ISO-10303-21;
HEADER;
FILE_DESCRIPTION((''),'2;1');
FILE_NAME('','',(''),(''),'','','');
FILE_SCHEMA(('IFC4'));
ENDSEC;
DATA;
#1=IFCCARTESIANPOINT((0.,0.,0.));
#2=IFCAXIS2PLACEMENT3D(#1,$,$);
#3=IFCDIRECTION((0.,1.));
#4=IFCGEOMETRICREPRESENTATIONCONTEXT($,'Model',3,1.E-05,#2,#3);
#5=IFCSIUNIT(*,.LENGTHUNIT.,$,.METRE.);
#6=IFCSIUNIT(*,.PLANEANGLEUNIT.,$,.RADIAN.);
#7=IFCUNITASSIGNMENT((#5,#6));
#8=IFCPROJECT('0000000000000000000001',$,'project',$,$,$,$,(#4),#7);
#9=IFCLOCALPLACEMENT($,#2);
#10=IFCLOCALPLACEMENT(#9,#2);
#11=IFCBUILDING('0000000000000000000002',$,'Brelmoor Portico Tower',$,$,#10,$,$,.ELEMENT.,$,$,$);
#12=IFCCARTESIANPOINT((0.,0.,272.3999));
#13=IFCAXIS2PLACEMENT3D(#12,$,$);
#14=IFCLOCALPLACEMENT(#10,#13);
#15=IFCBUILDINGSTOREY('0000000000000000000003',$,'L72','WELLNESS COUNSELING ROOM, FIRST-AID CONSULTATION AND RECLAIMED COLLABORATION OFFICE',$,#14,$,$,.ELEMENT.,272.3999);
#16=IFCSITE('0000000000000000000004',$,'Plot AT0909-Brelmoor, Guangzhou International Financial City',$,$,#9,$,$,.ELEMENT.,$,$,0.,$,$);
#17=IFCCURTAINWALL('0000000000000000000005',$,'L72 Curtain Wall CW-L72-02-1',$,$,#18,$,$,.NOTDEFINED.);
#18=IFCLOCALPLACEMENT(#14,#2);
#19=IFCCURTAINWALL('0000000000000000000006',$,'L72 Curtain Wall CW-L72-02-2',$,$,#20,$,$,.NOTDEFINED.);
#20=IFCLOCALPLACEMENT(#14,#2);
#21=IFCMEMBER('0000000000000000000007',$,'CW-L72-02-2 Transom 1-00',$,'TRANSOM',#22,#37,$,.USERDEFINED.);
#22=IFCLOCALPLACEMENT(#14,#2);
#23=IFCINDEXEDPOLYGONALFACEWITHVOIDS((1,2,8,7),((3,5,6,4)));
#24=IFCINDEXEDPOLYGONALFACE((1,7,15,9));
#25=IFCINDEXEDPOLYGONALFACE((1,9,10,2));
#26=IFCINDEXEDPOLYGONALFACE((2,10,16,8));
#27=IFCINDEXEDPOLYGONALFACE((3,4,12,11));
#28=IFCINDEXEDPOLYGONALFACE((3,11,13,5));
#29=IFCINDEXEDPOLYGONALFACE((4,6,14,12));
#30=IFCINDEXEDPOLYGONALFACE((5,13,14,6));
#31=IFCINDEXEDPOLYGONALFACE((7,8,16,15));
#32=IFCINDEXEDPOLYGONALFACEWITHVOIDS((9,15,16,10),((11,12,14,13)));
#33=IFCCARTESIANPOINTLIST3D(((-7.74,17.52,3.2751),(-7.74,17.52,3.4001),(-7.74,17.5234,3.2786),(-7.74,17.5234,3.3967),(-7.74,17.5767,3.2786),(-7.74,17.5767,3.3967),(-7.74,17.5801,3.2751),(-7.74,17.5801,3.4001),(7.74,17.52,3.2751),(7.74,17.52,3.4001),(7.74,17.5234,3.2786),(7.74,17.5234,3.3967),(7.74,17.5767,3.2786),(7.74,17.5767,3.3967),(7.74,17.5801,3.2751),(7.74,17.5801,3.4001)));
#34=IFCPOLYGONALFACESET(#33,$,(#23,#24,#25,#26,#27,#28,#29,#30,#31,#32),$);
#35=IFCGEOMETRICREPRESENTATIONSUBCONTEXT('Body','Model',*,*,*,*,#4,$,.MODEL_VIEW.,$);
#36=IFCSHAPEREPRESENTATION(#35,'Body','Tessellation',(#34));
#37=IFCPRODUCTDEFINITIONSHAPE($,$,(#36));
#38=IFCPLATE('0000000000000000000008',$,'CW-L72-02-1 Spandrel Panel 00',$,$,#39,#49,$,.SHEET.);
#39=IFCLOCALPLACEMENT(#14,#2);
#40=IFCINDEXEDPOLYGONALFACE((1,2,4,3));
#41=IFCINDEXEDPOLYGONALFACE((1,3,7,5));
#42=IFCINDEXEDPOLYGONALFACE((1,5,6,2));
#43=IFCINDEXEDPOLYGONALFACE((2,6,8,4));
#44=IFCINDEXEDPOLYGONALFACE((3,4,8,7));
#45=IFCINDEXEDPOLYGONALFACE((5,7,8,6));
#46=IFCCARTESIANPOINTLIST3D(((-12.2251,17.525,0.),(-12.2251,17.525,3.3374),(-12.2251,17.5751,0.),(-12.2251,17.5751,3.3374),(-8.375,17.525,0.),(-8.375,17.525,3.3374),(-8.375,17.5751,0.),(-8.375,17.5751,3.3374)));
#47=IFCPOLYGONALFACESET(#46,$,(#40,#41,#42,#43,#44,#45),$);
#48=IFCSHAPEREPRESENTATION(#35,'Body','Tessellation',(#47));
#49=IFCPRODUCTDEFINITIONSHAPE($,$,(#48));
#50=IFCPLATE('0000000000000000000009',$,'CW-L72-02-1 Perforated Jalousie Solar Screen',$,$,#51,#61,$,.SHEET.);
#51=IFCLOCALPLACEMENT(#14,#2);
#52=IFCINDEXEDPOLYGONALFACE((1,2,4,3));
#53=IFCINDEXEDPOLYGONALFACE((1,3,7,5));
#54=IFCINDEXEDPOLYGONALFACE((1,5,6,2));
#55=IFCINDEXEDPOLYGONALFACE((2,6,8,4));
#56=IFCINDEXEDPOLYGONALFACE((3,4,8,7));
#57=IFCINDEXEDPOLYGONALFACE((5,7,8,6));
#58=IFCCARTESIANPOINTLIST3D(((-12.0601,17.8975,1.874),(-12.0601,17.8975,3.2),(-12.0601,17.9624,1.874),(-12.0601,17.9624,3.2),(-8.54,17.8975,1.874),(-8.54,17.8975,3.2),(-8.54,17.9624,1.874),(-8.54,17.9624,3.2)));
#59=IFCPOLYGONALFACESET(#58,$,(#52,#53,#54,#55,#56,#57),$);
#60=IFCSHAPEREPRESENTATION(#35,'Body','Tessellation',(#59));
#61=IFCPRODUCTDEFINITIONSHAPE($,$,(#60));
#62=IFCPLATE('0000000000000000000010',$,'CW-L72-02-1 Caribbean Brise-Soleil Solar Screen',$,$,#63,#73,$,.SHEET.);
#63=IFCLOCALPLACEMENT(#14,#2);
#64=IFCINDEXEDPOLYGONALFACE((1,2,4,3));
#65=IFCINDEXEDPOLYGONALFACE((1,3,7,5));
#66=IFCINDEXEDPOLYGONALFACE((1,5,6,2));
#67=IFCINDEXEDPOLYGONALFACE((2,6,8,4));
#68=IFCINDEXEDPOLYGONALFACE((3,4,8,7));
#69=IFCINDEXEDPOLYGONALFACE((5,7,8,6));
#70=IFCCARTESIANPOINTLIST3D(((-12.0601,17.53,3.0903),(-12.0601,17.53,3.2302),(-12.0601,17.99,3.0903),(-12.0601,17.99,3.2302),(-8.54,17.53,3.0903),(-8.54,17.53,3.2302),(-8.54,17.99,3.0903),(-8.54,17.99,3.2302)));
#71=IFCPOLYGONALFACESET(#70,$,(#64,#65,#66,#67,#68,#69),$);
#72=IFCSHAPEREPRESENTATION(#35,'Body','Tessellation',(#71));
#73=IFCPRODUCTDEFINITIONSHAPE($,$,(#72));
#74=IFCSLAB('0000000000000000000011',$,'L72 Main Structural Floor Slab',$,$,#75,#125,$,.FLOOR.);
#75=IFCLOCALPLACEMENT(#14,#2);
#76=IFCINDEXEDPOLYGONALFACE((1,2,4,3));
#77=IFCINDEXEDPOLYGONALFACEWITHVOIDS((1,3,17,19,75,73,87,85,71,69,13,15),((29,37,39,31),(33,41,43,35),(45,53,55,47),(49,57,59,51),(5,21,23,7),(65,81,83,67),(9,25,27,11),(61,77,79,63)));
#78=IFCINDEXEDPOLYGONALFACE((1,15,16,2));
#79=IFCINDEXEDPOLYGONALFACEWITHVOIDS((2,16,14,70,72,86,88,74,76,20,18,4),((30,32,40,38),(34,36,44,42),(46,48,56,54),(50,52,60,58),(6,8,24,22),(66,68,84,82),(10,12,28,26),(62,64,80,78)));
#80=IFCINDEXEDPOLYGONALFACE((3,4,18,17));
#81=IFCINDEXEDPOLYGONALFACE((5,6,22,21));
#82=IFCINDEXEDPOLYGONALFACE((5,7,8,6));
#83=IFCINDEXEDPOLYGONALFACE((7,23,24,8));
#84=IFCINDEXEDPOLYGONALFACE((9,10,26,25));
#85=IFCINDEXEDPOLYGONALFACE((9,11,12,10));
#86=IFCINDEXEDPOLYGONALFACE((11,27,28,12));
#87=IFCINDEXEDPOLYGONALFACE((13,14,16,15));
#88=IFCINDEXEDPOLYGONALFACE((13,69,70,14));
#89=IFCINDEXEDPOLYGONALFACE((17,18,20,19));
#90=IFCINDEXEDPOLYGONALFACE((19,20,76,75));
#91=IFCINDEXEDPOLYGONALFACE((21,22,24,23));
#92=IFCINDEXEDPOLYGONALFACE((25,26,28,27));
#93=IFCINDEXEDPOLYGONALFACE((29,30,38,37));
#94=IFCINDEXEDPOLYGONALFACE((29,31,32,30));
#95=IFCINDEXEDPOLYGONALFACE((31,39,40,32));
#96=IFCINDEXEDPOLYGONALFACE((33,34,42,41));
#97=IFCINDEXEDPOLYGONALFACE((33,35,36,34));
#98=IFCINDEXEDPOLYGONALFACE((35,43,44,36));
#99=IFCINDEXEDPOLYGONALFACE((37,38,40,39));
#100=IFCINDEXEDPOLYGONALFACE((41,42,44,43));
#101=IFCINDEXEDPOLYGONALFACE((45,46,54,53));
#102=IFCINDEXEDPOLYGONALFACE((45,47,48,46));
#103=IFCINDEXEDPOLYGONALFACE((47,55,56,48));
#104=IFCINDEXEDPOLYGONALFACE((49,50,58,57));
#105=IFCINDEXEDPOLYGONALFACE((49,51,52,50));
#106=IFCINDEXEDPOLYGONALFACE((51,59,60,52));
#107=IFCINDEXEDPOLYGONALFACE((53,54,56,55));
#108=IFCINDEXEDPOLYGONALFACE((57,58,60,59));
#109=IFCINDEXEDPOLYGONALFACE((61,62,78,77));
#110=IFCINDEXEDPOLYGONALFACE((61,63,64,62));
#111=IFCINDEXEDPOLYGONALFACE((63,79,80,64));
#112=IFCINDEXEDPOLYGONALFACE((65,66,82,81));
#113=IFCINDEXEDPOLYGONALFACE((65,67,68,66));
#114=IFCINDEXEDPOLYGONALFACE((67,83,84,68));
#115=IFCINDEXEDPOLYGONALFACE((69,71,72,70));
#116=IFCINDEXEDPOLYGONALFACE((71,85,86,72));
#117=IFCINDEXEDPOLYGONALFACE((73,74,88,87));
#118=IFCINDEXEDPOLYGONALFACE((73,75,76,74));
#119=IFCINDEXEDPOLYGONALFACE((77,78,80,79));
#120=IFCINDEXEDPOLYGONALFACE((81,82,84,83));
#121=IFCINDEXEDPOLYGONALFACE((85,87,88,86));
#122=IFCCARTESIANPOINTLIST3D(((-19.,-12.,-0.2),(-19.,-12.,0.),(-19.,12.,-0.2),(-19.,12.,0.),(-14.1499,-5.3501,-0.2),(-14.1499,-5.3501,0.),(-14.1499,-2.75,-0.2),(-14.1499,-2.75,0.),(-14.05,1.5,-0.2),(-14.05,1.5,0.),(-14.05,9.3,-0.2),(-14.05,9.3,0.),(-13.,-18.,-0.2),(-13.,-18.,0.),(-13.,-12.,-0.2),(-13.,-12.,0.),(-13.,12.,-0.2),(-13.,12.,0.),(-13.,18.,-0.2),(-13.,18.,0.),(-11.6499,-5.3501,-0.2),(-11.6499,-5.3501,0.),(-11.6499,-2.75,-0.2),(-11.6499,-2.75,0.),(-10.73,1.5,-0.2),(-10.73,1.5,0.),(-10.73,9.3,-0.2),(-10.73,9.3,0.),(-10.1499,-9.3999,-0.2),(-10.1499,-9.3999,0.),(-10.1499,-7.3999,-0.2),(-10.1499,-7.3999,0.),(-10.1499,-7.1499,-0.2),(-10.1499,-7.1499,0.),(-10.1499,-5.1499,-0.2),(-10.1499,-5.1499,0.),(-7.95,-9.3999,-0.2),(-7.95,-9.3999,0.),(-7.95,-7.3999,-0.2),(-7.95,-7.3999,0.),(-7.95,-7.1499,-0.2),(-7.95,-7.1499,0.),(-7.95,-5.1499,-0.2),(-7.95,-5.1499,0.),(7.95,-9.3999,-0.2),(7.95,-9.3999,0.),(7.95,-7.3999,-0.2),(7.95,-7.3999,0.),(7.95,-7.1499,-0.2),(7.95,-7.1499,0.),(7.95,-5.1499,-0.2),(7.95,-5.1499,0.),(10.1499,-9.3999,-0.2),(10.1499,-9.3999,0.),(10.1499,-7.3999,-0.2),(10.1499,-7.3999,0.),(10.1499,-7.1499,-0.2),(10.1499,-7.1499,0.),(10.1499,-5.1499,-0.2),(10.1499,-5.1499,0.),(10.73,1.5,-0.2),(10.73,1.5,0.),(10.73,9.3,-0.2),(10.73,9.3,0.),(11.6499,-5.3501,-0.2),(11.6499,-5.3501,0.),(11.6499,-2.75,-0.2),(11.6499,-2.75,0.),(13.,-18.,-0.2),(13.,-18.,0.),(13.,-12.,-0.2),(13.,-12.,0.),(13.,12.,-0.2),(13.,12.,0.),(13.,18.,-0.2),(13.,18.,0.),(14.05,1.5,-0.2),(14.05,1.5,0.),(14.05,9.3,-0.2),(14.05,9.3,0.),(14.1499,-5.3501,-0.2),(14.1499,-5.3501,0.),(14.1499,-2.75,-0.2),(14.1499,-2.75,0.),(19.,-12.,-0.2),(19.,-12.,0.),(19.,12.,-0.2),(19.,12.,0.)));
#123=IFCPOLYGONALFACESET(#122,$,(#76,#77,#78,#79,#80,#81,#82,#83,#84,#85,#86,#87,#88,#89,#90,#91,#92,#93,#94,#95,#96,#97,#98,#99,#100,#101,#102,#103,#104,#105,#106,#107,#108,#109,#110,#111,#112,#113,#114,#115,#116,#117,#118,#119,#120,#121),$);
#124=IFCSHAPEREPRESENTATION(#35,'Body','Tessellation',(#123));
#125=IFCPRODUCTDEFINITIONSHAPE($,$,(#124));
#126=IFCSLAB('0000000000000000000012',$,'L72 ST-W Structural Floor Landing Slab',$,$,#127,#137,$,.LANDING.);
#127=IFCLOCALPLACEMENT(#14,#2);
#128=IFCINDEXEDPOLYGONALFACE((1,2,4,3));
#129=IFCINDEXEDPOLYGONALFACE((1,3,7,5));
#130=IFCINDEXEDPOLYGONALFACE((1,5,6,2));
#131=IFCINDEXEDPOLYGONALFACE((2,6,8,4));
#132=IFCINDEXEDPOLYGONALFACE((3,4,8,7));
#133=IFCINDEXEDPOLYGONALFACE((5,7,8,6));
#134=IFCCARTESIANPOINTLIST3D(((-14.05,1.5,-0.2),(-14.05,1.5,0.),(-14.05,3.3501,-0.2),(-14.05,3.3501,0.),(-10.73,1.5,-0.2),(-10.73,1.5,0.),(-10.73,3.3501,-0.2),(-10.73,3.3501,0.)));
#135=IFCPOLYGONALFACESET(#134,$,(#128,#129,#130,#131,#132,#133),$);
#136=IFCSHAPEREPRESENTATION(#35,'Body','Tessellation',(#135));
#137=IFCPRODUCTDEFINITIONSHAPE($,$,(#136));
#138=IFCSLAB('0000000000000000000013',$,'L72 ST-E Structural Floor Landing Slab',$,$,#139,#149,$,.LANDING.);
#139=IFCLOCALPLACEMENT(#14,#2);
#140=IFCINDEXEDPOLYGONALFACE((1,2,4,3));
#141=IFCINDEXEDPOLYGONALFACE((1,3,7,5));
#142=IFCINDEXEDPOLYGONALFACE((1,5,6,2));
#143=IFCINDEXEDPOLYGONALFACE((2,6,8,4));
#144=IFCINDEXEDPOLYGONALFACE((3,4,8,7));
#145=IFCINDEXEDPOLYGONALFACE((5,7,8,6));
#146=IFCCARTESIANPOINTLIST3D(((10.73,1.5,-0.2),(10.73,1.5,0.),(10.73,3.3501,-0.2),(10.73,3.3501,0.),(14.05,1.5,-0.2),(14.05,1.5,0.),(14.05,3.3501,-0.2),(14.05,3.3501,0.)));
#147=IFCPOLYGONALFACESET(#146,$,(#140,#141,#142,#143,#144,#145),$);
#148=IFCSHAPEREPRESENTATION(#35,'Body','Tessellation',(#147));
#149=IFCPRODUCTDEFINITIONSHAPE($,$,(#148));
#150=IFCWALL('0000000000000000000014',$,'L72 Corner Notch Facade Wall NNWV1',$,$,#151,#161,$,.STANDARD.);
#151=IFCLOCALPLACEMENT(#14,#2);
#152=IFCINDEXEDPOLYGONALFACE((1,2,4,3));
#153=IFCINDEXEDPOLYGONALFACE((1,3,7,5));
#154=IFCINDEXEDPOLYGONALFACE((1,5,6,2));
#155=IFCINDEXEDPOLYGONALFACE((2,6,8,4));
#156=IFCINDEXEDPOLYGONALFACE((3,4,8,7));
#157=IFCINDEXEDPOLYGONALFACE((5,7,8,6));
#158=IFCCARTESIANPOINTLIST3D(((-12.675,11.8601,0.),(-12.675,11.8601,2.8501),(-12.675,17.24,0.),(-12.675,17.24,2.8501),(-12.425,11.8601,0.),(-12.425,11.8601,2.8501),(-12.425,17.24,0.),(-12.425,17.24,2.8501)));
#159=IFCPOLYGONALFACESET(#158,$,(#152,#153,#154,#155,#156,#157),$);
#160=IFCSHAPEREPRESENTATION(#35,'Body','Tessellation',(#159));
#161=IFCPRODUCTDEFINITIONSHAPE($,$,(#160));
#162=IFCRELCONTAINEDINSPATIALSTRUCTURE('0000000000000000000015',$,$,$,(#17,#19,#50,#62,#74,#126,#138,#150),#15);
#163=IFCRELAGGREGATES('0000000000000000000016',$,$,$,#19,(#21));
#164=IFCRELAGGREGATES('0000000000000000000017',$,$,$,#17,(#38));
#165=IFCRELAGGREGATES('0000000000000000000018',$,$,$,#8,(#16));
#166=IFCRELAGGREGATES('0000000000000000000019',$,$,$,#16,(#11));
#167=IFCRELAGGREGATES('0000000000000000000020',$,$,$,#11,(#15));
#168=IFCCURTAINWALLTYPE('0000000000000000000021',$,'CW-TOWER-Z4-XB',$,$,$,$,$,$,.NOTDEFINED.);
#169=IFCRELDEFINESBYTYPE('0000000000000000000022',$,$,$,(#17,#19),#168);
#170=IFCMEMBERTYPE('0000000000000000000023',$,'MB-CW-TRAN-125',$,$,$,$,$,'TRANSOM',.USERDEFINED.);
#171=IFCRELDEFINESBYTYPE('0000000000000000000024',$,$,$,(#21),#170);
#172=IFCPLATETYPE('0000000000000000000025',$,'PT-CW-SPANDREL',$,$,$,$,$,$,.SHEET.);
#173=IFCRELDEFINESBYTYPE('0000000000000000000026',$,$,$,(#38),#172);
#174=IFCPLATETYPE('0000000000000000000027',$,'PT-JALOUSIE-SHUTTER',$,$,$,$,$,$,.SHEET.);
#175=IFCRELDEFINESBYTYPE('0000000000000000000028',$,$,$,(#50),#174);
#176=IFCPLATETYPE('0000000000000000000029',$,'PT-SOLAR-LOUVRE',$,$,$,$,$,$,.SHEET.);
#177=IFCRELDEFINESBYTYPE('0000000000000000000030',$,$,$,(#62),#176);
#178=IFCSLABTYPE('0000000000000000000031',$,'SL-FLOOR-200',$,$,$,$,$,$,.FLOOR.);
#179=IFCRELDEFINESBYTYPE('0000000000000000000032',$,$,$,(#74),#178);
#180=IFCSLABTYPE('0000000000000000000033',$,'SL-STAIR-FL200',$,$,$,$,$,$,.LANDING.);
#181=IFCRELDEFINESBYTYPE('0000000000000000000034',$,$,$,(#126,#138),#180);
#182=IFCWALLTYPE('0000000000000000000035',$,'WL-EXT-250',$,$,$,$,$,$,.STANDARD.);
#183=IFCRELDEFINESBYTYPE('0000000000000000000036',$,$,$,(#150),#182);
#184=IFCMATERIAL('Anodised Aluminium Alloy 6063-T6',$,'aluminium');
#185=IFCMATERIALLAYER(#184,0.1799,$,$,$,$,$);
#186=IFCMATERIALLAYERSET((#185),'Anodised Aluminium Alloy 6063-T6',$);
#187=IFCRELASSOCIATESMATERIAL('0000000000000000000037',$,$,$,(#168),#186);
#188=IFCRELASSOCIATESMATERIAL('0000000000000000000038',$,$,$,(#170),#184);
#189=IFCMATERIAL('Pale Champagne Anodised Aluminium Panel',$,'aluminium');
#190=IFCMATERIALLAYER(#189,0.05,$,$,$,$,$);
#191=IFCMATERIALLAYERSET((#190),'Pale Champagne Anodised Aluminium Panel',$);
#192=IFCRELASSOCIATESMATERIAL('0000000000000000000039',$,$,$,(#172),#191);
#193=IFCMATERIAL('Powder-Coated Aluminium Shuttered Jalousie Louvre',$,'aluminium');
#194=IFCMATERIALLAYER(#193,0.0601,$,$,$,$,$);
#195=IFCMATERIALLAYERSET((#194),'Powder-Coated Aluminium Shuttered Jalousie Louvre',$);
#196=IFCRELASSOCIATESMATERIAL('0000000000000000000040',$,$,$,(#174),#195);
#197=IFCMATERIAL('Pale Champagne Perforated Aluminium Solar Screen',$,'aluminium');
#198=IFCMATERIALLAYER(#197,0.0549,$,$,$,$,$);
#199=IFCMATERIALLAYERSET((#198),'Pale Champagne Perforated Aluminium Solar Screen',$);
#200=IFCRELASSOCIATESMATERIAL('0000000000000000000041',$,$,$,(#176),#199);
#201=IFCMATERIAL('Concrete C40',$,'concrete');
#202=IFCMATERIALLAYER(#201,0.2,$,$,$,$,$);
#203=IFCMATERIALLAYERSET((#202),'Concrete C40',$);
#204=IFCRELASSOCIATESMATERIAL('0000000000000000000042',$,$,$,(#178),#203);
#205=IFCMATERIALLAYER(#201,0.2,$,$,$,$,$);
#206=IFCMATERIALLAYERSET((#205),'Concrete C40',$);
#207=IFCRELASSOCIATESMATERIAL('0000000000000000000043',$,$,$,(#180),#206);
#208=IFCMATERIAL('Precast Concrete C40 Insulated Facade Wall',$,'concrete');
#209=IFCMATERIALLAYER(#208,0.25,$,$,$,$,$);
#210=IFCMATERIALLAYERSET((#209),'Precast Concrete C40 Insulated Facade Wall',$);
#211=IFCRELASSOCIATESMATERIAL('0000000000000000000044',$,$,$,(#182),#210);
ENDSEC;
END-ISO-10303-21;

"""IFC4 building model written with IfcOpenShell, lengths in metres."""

from ifc_helpers import new_model, si_unit, direction, frame, frame_2d, origin, origin_2d, place, context, subcontext, project, spatial, polyline, rectangle, hollow_rectangle, outline, extrude, material, layer, layer_set, material_profile, profile_set, type_object, element, aggregate, save


model = new_model("IFC4")

# Units and contexts
model_context = context("Model", 3, precision=1e-05, world=origin(), true_north=direction((0.0, 1.0)))
body_context = subcontext(model_context, "Body", "Model", "MODEL_VIEW")
ifc_project = project(units=[si_unit("LENGTHUNIT", "METRE"), si_unit("PLANEANGLEUNIT", "RADIAN")], contexts=[model_context])

# Site, building, storey
site_placement = place(None, origin())
site = spatial("IfcSite", under=ifc_project, at=site_placement, Name="Plot AT0909-Brelmoor, Guangzhou International Financial City", CompositionType="ELEMENT", RefElevation=0.0)
building_placement = place(site_placement, origin())
building = spatial("IfcBuilding", under=site, at=building_placement, Name="Brelmoor Portico Tower", CompositionType="ELEMENT")
storey_placement = place(building_placement, frame((0.0, 0.0, 272.3999)))
storey = spatial("IfcBuildingStorey", under=building, at=storey_placement, Name="L72", Description="WELLNESS COUNSELING ROOM, FIRST-AID CONSULTATION AND RECLAIMED COLLABORATION OFFICE", CompositionType="ELEMENT", Elevation=272.3999)

# Curtain wall
ifc_material_1 = material(Name="Anodised Aluminium Alloy 6063-T6", Category="aluminium")
ifc_layer_1 = layer(ifc_material_1, 0.1799)
ifc_layer_set_1 = layer_set([ifc_layer_1], Name="Anodised Aluminium Alloy 6063-T6")
curtain_wall_type = type_object("IfcCurtainWallType", Name="CW-TOWER-Z4-XB", PredefinedType="NOTDEFINED", material=ifc_layer_set_1)
curtain_wall_1_placement = place(storey_placement, origin())
curtain_wall_1 = element("IfcCurtainWall", 1, at=curtain_wall_1_placement, inside=storey, type_object=curtain_wall_type, Name="L72 Curtain Wall CW-L72-02-1", PredefinedType="NOTDEFINED")

# Curtain wall
curtain_wall_2_placement = place(storey_placement, origin())
curtain_wall_2 = element("IfcCurtainWall", 2, at=curtain_wall_2_placement, inside=storey, type_object=curtain_wall_type, Name="L72 Curtain Wall CW-L72-02-2", PredefinedType="NOTDEFINED")

# Member
ifc_material_profile_1 = material_profile(ifc_material_1, hollow_rectangle(XDim=0.0601, YDim=0.125, WallThickness=0.0034, at=origin_2d()), Name="ALU TRANSOM 60x125")
ifc_profile_set_1 = profile_set([ifc_material_profile_1], Name="Anodised Aluminium Alloy 6063-T6")
member_type_1 = type_object("IfcMemberType", Name="MB-CW-TRAN-125", ElementType="TRANSOM", PredefinedType="USERDEFINED", material=ifc_profile_set_1)
member_1_placement = place(storey_placement, frame((-7.74, 17.55, 3.3376), z_axis=(1.0, 0.0, 0.0), x_axis=(0.0, 1.0, 0.0)))
member_1 = element("IfcMember", 3, at=member_1_placement, type_object=member_type_1, Name="CW-L72-02-2 Transom 1-00", ObjectType="TRANSOM", PredefinedType="USERDEFINED", context=body_context, shape_type="SweptSolid", body=[
    extrude(hollow_rectangle(XDim=0.0601, YDim=0.125, WallThickness=0.0034, at=origin_2d()), origin(), (0.0, 0.0, 1.0), 15.48),
])
aggregate(curtain_wall_2, [member_1])

# Plate
ifc_material_2 = material(Name="Pale Champagne Anodised Aluminium Panel", Category="aluminium")
ifc_layer_2 = layer(ifc_material_2, 0.05)
ifc_layer_set_2 = layer_set([ifc_layer_2], Name="Pale Champagne Anodised Aluminium Panel")
plate_type_1 = type_object("IfcPlateType", Name="PT-CW-SPANDREL", PredefinedType="SHEET", material=ifc_layer_set_2)
plate_1_placement = place(storey_placement, frame((-10.3, 17.55, 0.0), z_axis=(0.0, 0.0, 1.0), x_axis=(1.0, 0.0, 0.0)))
plate_1 = element("IfcPlate", 4, at=plate_1_placement, type_object=plate_type_1, Name="CW-L72-02-1 Spandrel Panel 00", PredefinedType="SHEET", context=body_context, shape_type="SweptSolid", body=[
    extrude(rectangle(XDim=3.8501, YDim=0.05, at=origin_2d()), origin(), (0.0, 0.0, 1.0), 3.3374),
])
aggregate(curtain_wall_1, [plate_1])

# Plates
ifc_material_3 = material(Name="Powder-Coated Aluminium Shuttered Jalousie Louvre", Category="aluminium")
ifc_layer_3 = layer(ifc_material_3, 0.0601)
ifc_layer_set_3 = layer_set([ifc_layer_3], Name="Powder-Coated Aluminium Shuttered Jalousie Louvre")
plate_type_2 = type_object("IfcPlateType", Name="PT-JALOUSIE-SHUTTER", PredefinedType="SHEET", material=ifc_layer_set_3)
plate_2_placement = place(storey_placement, frame((-10.3, 17.9299, 1.874), z_axis=(0.0, 0.0, 1.0), x_axis=(1.0, 0.0, 0.0)))
element("IfcPlate", 5, at=plate_2_placement, inside=storey, type_object=plate_type_2, Name="CW-L72-02-1 Perforated Jalousie Solar Screen", PredefinedType="SHEET", context=body_context, shape_type="SweptSolid", body=[
    extrude(rectangle(XDim=3.52, YDim=0.0649, at=origin_2d()), origin(), (0.0, 0.0, 1.0), 1.3259),
])
ifc_material_4 = material(Name="Pale Champagne Perforated Aluminium Solar Screen", Category="aluminium")
ifc_layer_4 = layer(ifc_material_4, 0.0549)
ifc_layer_set_4 = layer_set([ifc_layer_4], Name="Pale Champagne Perforated Aluminium Solar Screen")
plate_type_3 = type_object("IfcPlateType", Name="PT-SOLAR-LOUVRE", PredefinedType="SHEET", material=ifc_layer_set_4)
plate_3_placement = place(storey_placement, frame((-10.3, 17.76, 3.0903), z_axis=(0.0, 0.0, 1.0), x_axis=(1.0, 0.0, 0.0)))
element("IfcPlate", 6, at=plate_3_placement, inside=storey, type_object=plate_type_3, Name="CW-L72-02-1 Caribbean Brise-Soleil Solar Screen", PredefinedType="SHEET", context=body_context, shape_type="SweptSolid", body=[
    extrude(rectangle(XDim=3.52, YDim=0.46, at=origin_2d()), origin(), (0.0, 0.0, 1.0), 0.1399),
])

# Slabs
ifc_material_5 = material(Name="Concrete C40", Category="concrete")
ifc_layer_5 = layer(ifc_material_5, 0.2)
ifc_layer_set_5 = layer_set([ifc_layer_5], Name="Concrete C40")
slab_type_1 = type_object("IfcSlabType", Name="SL-FLOOR-200", PredefinedType="FLOOR", material=ifc_layer_set_5)
slab_1_placement = place(storey_placement, frame((0.0, 0.0, -0.2)))
element("IfcSlab", 7, at=slab_1_placement, inside=storey, type_object=slab_type_1, Name="L72 Main Structural Floor Slab", PredefinedType="FLOOR", context=body_context, shape_type="SweptSolid", body=[
    extrude(outline(polyline([(-13.0, -18.0), (13.0, -18.0), (13.0, -12.0), (19.0, -12.0), (19.0, 12.0), (13.0, 12.0), (13.0, 18.0), (-13.0, 18.0), (-13.0, 12.0), (-19.0, 12.0), (-19.0, -12.0), (-13.0, -12.0), (-13.0, -18.0)]), holes=[polyline([(-10.73, 1.5), (-10.73, 9.3), (-14.05, 9.3), (-14.05, 1.5), (-10.73, 1.5)]), polyline([(14.05, 1.5), (14.05, 9.3), (10.73, 9.3), (10.73, 1.5), (14.05, 1.5)]), polyline([(-10.1499, -9.3999), (-7.95, -9.3999), (-7.95, -7.3999), (-10.1499, -7.3999), (-10.1499, -9.3999)]), polyline([(-10.1499, -7.1499), (-7.95, -7.1499), (-7.95, -5.1499), (-10.1499, -5.1499), (-10.1499, -7.1499)]), polyline([(7.95, -9.3999), (10.1499, -9.3999), (10.1499, -7.3999), (7.95, -7.3999), (7.95, -9.3999)]), polyline([(7.95, -7.1499), (10.1499, -7.1499), (10.1499, -5.1499), (7.95, -5.1499), (7.95, -7.1499)]), polyline([(-14.1499, -5.3501), (-11.6499, -5.3501), (-11.6499, -2.75), (-14.1499, -2.75), (-14.1499, -5.3501)]), polyline([(11.6499, -5.3501), (14.1499, -5.3501), (14.1499, -2.75), (11.6499, -2.75), (11.6499, -5.3501)])]), origin(), (0.0, 0.0, 1.0), 0.2),
])
ifc_layer_6 = layer(ifc_material_5, 0.2)
ifc_layer_set_6 = layer_set([ifc_layer_6], Name="Concrete C40")
slab_type_2 = type_object("IfcSlabType", Name="SL-STAIR-FL200", PredefinedType="LANDING", material=ifc_layer_set_6)
slab_2_placement = place(storey_placement, frame((0.0, 0.0, -0.2)))
element("IfcSlab", 8, at=slab_2_placement, inside=storey, type_object=slab_type_2, Name="L72 ST-W Structural Floor Landing Slab", PredefinedType="LANDING", context=body_context, shape_type="SweptSolid", body=[
    extrude(outline(polyline([(-10.73, 1.5), (-10.73, 3.3501), (-14.05, 3.3501), (-14.05, 1.5), (-10.73, 1.5)])), origin(), (0.0, 0.0, 1.0), 0.2),
])
slab_3_placement = place(storey_placement, frame((0.0, 0.0, -0.2)))
element("IfcSlab", 9, at=slab_3_placement, inside=storey, type_object=slab_type_2, Name="L72 ST-E Structural Floor Landing Slab", PredefinedType="LANDING", context=body_context, shape_type="SweptSolid", body=[
    extrude(outline(polyline([(14.05, 1.5), (14.05, 3.3501), (10.73, 3.3501), (10.73, 1.5), (14.05, 1.5)])), origin(), (0.0, 0.0, 1.0), 0.2),
])

# Wall
ifc_material_6 = material(Name="Precast Concrete C40 Insulated Facade Wall", Category="concrete")
ifc_layer_7 = layer(ifc_material_6, 0.25)
ifc_layer_set_7 = layer_set([ifc_layer_7], Name="Precast Concrete C40 Insulated Facade Wall")
wall_type_1 = type_object("IfcWallType", Name="WL-EXT-250", PredefinedType="STANDARD", material=ifc_layer_set_7)
wall_1_placement = place(storey_placement, frame((-12.55, 11.8601, 0.0), z_axis=(0.0, 0.0, 1.0), x_axis=(0.0, 1.0, 0.0)))
element("IfcWall", 10, at=wall_1_placement, inside=storey, type_object=wall_type_1, Name="L72 Corner Notch Facade Wall NNWV1", PredefinedType="STANDARD", context=body_context, shape_type="SweptSolid", body=[
    extrude(rectangle(XDim=5.3799, YDim=0.25, at=frame_2d((2.6899, 0.0))), origin(), (0.0, 0.0, 1.0), 2.8501),
])

save(model, "model.ifc")
